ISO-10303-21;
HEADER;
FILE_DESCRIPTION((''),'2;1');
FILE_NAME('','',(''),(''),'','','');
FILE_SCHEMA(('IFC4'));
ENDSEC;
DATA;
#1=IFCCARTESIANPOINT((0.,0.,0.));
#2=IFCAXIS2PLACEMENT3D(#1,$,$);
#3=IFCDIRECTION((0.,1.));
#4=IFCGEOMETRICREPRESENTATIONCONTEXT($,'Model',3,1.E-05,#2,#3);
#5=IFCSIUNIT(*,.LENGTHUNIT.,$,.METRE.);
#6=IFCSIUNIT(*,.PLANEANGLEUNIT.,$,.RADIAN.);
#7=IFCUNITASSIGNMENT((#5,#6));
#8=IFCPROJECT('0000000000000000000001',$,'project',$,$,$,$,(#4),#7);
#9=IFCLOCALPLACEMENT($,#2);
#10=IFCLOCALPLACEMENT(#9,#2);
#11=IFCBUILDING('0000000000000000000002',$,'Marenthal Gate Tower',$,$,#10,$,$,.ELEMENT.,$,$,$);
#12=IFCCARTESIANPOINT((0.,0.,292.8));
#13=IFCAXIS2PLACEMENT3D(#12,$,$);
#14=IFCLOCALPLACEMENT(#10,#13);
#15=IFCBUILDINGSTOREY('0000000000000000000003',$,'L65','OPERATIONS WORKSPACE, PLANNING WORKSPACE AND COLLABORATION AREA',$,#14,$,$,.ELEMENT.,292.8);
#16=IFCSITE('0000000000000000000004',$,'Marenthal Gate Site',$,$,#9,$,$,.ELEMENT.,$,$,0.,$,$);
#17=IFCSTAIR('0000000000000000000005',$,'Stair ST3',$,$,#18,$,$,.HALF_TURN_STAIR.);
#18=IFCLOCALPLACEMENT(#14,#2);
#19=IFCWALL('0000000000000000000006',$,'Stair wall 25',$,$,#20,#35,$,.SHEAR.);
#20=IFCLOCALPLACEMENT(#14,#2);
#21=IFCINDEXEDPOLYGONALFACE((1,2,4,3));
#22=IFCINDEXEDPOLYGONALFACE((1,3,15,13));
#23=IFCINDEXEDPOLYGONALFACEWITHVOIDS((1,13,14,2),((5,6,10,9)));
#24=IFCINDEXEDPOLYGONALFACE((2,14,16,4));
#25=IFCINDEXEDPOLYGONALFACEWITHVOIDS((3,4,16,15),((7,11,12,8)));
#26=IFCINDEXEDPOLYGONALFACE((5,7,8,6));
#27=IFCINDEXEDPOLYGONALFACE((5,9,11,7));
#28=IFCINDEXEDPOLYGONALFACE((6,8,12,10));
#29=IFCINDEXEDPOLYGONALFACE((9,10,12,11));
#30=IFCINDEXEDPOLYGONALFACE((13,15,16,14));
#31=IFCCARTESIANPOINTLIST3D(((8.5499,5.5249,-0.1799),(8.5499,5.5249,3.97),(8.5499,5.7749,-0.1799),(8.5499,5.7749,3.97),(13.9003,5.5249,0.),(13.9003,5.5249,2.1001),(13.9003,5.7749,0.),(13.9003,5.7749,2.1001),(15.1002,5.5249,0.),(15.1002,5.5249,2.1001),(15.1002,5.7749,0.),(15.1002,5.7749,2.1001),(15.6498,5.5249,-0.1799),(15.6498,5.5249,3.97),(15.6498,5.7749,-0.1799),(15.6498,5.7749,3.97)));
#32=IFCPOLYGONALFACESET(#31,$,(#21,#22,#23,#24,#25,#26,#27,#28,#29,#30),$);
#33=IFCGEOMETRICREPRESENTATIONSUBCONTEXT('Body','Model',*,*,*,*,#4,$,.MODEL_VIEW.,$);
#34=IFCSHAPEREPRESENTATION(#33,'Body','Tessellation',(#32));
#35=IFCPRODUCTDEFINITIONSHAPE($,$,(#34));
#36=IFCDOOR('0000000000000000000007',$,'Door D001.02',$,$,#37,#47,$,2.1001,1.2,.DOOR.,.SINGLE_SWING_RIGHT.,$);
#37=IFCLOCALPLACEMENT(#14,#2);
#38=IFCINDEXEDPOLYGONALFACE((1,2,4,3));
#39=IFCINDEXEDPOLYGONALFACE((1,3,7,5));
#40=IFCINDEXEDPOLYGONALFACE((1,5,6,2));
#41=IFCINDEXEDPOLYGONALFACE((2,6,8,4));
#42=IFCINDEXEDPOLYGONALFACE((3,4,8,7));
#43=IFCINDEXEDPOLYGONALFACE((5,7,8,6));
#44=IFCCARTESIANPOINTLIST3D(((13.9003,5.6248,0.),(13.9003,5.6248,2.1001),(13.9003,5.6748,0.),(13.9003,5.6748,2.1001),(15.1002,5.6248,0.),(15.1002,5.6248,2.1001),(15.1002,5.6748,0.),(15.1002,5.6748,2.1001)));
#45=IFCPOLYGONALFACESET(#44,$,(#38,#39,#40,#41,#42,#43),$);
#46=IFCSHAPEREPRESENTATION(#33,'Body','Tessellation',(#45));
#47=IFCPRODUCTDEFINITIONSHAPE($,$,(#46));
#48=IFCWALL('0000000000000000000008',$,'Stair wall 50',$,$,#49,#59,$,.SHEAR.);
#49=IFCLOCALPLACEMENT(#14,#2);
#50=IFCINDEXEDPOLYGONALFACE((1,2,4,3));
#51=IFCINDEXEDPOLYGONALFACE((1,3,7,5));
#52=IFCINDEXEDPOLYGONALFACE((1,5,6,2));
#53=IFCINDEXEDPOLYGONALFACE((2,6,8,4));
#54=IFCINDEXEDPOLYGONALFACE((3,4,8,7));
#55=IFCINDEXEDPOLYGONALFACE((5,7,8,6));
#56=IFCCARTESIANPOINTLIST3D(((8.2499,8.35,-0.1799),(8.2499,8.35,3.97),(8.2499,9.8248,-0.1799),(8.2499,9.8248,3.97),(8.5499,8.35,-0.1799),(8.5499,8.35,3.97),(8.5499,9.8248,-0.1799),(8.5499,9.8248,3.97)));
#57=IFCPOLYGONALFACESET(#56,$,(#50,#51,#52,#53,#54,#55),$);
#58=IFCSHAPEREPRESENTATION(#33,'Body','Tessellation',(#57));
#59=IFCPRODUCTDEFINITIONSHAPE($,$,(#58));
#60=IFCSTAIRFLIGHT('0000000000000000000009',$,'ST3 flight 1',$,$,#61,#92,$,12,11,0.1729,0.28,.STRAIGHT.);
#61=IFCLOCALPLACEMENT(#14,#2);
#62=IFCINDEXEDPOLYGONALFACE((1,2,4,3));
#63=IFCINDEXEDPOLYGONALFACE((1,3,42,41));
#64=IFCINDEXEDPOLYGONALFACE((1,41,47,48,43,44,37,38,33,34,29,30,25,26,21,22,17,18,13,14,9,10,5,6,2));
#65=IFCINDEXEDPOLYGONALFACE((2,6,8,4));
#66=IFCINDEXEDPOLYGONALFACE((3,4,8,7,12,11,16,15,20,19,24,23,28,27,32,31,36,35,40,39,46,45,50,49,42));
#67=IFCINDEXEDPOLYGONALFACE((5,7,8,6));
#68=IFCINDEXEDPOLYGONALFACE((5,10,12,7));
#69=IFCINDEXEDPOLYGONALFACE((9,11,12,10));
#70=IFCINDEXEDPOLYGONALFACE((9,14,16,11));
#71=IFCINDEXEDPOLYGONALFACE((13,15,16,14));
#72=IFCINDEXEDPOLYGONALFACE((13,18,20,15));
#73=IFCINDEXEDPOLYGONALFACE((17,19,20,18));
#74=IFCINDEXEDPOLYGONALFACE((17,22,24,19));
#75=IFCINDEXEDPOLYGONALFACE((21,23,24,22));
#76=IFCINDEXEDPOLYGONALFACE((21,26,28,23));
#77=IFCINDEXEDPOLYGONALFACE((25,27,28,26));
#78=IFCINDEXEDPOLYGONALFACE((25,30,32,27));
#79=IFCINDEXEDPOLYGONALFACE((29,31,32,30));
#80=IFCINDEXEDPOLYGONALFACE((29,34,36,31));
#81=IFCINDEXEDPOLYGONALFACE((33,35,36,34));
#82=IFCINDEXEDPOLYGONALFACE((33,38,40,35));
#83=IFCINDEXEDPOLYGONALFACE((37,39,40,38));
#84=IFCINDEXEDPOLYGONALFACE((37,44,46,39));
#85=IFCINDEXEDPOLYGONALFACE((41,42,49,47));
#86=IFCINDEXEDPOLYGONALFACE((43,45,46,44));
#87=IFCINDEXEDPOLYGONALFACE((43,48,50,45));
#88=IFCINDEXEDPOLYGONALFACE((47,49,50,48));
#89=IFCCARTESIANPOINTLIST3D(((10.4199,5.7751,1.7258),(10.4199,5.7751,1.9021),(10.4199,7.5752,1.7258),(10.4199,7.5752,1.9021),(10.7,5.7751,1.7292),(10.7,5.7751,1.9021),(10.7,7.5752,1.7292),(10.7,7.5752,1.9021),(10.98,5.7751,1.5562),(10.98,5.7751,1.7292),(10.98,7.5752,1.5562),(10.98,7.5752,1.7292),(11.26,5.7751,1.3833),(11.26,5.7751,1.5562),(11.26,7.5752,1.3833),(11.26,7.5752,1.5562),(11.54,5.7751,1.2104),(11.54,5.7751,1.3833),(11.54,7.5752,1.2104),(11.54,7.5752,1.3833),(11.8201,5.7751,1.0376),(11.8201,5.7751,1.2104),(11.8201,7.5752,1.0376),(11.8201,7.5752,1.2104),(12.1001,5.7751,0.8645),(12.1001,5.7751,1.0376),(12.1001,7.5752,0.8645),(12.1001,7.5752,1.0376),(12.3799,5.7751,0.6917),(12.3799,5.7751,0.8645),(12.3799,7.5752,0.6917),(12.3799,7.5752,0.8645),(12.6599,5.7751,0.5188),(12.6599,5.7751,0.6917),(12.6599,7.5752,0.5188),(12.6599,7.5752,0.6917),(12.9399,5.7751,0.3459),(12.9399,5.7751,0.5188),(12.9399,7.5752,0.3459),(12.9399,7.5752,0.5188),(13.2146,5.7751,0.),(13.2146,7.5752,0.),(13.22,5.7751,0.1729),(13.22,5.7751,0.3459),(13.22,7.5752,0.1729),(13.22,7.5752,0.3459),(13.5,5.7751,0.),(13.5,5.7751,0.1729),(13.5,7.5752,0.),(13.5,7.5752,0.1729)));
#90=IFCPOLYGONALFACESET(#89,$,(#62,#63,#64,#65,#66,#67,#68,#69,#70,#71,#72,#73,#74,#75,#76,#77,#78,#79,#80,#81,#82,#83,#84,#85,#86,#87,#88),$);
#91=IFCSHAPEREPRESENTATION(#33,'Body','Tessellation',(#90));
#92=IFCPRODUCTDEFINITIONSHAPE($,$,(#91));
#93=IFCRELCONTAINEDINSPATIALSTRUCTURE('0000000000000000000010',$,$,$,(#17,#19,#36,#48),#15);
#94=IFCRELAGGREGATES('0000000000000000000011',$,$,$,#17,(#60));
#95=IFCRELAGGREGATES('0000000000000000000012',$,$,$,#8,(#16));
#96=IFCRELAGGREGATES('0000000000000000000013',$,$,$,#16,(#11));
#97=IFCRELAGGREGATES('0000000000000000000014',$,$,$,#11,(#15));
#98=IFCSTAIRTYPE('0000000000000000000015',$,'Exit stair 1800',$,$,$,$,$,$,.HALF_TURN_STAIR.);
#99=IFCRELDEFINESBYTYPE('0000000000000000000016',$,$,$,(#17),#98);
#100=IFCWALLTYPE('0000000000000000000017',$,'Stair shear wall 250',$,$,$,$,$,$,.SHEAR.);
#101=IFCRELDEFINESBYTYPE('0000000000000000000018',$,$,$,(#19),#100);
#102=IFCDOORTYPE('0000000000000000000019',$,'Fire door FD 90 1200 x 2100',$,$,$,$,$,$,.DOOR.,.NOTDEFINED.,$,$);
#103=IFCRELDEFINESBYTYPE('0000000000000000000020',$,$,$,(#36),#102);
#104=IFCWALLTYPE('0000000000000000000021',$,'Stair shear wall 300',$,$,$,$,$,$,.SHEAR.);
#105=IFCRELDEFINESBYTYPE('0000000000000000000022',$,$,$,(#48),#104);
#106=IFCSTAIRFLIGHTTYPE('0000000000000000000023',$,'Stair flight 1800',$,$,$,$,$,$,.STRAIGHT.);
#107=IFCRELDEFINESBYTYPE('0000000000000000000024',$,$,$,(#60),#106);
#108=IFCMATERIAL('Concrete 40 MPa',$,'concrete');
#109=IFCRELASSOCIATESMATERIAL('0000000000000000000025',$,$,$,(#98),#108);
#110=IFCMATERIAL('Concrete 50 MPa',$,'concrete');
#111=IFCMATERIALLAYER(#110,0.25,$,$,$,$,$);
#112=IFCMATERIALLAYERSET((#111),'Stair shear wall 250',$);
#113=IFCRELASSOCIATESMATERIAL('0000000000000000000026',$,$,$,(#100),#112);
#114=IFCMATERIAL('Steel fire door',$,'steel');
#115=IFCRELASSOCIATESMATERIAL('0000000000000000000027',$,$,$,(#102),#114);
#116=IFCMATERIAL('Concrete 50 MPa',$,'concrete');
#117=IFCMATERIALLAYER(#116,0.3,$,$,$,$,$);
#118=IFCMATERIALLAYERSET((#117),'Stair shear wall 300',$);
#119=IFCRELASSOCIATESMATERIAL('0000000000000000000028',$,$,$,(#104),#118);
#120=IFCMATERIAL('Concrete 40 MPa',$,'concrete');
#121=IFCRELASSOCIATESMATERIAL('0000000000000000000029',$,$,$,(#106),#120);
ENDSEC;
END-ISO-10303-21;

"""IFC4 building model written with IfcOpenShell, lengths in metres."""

from ifc_helpers import new_model, si_unit, direction, frame, frame_2d, origin, place, context, subcontext, project, spatial, polyline, rectangle, outline, extrude, material, layer, layer_set, type_object, element, fill, aggregate, save


model = new_model("IFC4")

# Units and contexts
model_context = context("Model", 3, precision=1e-05, world=origin(), true_north=direction((0.0, 1.0)))
body_context = subcontext(model_context, "Body", "Model", "MODEL_VIEW")
ifc_project = project(units=[si_unit("LENGTHUNIT", "METRE"), si_unit("PLANEANGLEUNIT", "RADIAN")], contexts=[model_context])

# Site, building, storey
site_placement = place(None, origin())
site = spatial("IfcSite", under=ifc_project, at=site_placement, Name="Marenthal Gate Site", CompositionType="ELEMENT", RefElevation=0.0)
building_placement = place(site_placement, origin())
building = spatial("IfcBuilding", under=site, at=building_placement, Name="Marenthal Gate Tower", CompositionType="ELEMENT")
storey_placement = place(building_placement, frame((0.0, 0.0, 292.8)))
storey = spatial("IfcBuildingStorey", under=building, at=storey_placement, Name="L65", Description="OPERATIONS WORKSPACE, PLANNING WORKSPACE AND COLLABORATION AREA", CompositionType="ELEMENT", Elevation=292.8)

# Stair
ifc_material_1 = material(Name="Concrete 40 MPa", Category="concrete")
stair_type = type_object("IfcStairType", Name="Exit stair 1800", PredefinedType="HALF_TURN_STAIR", material=ifc_material_1)
stair_1_placement = place(storey_placement, origin())
stair_1 = element("IfcStair", 1, at=stair_1_placement, inside=storey, type_object=stair_type, Name="Stair ST3", PredefinedType="HALF_TURN_STAIR")

# Wall, opening, door
ifc_material_2 = material(Name="Concrete 50 MPa", Category="concrete")
ifc_layer_1 = layer(ifc_material_2, 0.25)
ifc_layer_set_1 = layer_set([ifc_layer_1], Name="Stair shear wall 250")
wall_type_1 = type_object("IfcWallType", Name="Stair shear wall 250", PredefinedType="SHEAR", material=ifc_layer_set_1)
wall_1_placement = place(storey_placement, frame((8.55, 5.6499, -0.1799), z_axis=(0.0, 0.0, 1.0), x_axis=(1.0, 0.0, 0.0)))
wall_1 = element("IfcWall", 2, at=wall_1_placement, inside=storey, type_object=wall_type_1, Name="Stair wall 25", PredefinedType="SHEAR", context=body_context, shape_type="SweptSolid", body=[
    extrude(rectangle(XDim=7.0999, YDim=0.25, at=frame_2d((3.5498, 0.0))), origin(), (0.0, 0.0, 1.0), 4.1499),
])
opening_placement = place(wall_1_placement, frame((5.3501, 0.0, 0.1799)))
opening = element("IfcOpeningElement", 3, at=opening_placement, cuts=wall_1, PredefinedType="OPENING", context=body_context, shape_type="SweptSolid", body=[
    extrude(rectangle(XDim=1.2, YDim=2.1001, at=frame_2d((0.6001, 1.05))), frame((0.0, 0.135, 0.0), z_axis=(0.0, -1.0, 0.0), x_axis=(1.0, 0.0, 0.0)), (0.0, 0.0, 1.0), 0.27),
])
ifc_material_3 = material(Name="Steel fire door", Category="steel")
door_type = type_object("IfcDoorType", Name="Fire door FD 90 1200 x 2100", OperationType="NOTDEFINED", PredefinedType="DOOR", material=ifc_material_3)
door_placement = place(opening_placement, origin())
door = element("IfcDoor", 4, at=door_placement, inside=storey, type_object=door_type, Name="Door D001.02", OperationType="SINGLE_SWING_RIGHT", OverallHeight=2.1001, OverallWidth=1.2, PredefinedType="DOOR", context=body_context, shape_type="SweptSolid", body=[
    extrude(rectangle(XDim=1.2, YDim=2.1001, at=frame_2d((0.6001, 1.05))), frame((0.0, 0.0249, 0.0), z_axis=(0.0, -1.0, 0.0), x_axis=(1.0, 0.0, 0.0)), (0.0, 0.0, 1.0), 0.05),
])
fill(opening, door)

# Wall
ifc_material_4 = material(Name="Concrete 50 MPa", Category="concrete")
ifc_layer_2 = layer(ifc_material_4, 0.3)
ifc_layer_set_2 = layer_set([ifc_layer_2], Name="Stair shear wall 300")
wall_type_2 = type_object("IfcWallType", Name="Stair shear wall 300", PredefinedType="SHEAR", material=ifc_layer_set_2)
wall_2_placement = place(storey_placement, frame((8.3999, 8.3501, -0.1799), z_axis=(0.0, 0.0, 1.0), x_axis=(0.0, 1.0, 0.0)))
element("IfcWall", 5, at=wall_2_placement, inside=storey, type_object=wall_type_2, Name="Stair wall 50", PredefinedType="SHEAR", context=body_context, shape_type="SweptSolid", body=[
    extrude(rectangle(XDim=1.4749, YDim=0.3, at=frame_2d((0.7373, 0.0))), origin(), (0.0, 0.0, 1.0), 4.1499),
])

# Stair flight
ifc_material_5 = material(Name="Concrete 40 MPa", Category="concrete")
stair_flight_type = type_object("IfcStairFlightType", Name="Stair flight 1800", PredefinedType="STRAIGHT", material=ifc_material_5)
stair_flight_placement = place(storey_placement, frame((13.5, 6.675, 0.0), z_axis=(0.0, 0.0, 1.0), x_axis=(-1.0, 0.0, 0.0)))
stair_flight = element("IfcStairFlight", 6, at=stair_flight_placement, type_object=stair_flight_type, Name="ST3 flight 1", NumberOfRisers=12, NumberOfTreads=11, PredefinedType="STRAIGHT", RiserHeight=0.1729, TreadLength=0.28, context=body_context, shape_type="SweptSolid", body=[
    extrude(outline(polyline([(0.0, 0.0), (0.0, 0.1729), (0.28, 0.1729), (0.28, 0.3459), (0.5601, 0.3459), (0.5601, 0.5188), (0.8401, 0.5188), (0.8401, 0.6917), (1.1201, 0.6917), (1.1201, 0.8645), (1.3999, 0.8645), (1.3999, 1.0376), (1.6799, 1.0376), (1.6799, 1.2104), (1.96, 1.2104), (1.96, 1.3833), (2.24, 1.3833), (2.24, 1.5562), (2.52, 1.5562), (2.52, 1.7292), (2.8, 1.7292), (2.8, 1.9021), (3.0801, 1.9021), (3.0801, 2.075), (3.0801, 1.7258), (0.2854, 0.0), (0.0, 0.0)])), frame((0.0, 0.8999, 0.0), z_axis=(0.0, -1.0, 0.0), x_axis=(1.0, 0.0, 0.0)), (0.0, 0.0, 1.0), 1.8),
])
aggregate(stair_1, [stair_flight])

save(model, "model.ifc")
